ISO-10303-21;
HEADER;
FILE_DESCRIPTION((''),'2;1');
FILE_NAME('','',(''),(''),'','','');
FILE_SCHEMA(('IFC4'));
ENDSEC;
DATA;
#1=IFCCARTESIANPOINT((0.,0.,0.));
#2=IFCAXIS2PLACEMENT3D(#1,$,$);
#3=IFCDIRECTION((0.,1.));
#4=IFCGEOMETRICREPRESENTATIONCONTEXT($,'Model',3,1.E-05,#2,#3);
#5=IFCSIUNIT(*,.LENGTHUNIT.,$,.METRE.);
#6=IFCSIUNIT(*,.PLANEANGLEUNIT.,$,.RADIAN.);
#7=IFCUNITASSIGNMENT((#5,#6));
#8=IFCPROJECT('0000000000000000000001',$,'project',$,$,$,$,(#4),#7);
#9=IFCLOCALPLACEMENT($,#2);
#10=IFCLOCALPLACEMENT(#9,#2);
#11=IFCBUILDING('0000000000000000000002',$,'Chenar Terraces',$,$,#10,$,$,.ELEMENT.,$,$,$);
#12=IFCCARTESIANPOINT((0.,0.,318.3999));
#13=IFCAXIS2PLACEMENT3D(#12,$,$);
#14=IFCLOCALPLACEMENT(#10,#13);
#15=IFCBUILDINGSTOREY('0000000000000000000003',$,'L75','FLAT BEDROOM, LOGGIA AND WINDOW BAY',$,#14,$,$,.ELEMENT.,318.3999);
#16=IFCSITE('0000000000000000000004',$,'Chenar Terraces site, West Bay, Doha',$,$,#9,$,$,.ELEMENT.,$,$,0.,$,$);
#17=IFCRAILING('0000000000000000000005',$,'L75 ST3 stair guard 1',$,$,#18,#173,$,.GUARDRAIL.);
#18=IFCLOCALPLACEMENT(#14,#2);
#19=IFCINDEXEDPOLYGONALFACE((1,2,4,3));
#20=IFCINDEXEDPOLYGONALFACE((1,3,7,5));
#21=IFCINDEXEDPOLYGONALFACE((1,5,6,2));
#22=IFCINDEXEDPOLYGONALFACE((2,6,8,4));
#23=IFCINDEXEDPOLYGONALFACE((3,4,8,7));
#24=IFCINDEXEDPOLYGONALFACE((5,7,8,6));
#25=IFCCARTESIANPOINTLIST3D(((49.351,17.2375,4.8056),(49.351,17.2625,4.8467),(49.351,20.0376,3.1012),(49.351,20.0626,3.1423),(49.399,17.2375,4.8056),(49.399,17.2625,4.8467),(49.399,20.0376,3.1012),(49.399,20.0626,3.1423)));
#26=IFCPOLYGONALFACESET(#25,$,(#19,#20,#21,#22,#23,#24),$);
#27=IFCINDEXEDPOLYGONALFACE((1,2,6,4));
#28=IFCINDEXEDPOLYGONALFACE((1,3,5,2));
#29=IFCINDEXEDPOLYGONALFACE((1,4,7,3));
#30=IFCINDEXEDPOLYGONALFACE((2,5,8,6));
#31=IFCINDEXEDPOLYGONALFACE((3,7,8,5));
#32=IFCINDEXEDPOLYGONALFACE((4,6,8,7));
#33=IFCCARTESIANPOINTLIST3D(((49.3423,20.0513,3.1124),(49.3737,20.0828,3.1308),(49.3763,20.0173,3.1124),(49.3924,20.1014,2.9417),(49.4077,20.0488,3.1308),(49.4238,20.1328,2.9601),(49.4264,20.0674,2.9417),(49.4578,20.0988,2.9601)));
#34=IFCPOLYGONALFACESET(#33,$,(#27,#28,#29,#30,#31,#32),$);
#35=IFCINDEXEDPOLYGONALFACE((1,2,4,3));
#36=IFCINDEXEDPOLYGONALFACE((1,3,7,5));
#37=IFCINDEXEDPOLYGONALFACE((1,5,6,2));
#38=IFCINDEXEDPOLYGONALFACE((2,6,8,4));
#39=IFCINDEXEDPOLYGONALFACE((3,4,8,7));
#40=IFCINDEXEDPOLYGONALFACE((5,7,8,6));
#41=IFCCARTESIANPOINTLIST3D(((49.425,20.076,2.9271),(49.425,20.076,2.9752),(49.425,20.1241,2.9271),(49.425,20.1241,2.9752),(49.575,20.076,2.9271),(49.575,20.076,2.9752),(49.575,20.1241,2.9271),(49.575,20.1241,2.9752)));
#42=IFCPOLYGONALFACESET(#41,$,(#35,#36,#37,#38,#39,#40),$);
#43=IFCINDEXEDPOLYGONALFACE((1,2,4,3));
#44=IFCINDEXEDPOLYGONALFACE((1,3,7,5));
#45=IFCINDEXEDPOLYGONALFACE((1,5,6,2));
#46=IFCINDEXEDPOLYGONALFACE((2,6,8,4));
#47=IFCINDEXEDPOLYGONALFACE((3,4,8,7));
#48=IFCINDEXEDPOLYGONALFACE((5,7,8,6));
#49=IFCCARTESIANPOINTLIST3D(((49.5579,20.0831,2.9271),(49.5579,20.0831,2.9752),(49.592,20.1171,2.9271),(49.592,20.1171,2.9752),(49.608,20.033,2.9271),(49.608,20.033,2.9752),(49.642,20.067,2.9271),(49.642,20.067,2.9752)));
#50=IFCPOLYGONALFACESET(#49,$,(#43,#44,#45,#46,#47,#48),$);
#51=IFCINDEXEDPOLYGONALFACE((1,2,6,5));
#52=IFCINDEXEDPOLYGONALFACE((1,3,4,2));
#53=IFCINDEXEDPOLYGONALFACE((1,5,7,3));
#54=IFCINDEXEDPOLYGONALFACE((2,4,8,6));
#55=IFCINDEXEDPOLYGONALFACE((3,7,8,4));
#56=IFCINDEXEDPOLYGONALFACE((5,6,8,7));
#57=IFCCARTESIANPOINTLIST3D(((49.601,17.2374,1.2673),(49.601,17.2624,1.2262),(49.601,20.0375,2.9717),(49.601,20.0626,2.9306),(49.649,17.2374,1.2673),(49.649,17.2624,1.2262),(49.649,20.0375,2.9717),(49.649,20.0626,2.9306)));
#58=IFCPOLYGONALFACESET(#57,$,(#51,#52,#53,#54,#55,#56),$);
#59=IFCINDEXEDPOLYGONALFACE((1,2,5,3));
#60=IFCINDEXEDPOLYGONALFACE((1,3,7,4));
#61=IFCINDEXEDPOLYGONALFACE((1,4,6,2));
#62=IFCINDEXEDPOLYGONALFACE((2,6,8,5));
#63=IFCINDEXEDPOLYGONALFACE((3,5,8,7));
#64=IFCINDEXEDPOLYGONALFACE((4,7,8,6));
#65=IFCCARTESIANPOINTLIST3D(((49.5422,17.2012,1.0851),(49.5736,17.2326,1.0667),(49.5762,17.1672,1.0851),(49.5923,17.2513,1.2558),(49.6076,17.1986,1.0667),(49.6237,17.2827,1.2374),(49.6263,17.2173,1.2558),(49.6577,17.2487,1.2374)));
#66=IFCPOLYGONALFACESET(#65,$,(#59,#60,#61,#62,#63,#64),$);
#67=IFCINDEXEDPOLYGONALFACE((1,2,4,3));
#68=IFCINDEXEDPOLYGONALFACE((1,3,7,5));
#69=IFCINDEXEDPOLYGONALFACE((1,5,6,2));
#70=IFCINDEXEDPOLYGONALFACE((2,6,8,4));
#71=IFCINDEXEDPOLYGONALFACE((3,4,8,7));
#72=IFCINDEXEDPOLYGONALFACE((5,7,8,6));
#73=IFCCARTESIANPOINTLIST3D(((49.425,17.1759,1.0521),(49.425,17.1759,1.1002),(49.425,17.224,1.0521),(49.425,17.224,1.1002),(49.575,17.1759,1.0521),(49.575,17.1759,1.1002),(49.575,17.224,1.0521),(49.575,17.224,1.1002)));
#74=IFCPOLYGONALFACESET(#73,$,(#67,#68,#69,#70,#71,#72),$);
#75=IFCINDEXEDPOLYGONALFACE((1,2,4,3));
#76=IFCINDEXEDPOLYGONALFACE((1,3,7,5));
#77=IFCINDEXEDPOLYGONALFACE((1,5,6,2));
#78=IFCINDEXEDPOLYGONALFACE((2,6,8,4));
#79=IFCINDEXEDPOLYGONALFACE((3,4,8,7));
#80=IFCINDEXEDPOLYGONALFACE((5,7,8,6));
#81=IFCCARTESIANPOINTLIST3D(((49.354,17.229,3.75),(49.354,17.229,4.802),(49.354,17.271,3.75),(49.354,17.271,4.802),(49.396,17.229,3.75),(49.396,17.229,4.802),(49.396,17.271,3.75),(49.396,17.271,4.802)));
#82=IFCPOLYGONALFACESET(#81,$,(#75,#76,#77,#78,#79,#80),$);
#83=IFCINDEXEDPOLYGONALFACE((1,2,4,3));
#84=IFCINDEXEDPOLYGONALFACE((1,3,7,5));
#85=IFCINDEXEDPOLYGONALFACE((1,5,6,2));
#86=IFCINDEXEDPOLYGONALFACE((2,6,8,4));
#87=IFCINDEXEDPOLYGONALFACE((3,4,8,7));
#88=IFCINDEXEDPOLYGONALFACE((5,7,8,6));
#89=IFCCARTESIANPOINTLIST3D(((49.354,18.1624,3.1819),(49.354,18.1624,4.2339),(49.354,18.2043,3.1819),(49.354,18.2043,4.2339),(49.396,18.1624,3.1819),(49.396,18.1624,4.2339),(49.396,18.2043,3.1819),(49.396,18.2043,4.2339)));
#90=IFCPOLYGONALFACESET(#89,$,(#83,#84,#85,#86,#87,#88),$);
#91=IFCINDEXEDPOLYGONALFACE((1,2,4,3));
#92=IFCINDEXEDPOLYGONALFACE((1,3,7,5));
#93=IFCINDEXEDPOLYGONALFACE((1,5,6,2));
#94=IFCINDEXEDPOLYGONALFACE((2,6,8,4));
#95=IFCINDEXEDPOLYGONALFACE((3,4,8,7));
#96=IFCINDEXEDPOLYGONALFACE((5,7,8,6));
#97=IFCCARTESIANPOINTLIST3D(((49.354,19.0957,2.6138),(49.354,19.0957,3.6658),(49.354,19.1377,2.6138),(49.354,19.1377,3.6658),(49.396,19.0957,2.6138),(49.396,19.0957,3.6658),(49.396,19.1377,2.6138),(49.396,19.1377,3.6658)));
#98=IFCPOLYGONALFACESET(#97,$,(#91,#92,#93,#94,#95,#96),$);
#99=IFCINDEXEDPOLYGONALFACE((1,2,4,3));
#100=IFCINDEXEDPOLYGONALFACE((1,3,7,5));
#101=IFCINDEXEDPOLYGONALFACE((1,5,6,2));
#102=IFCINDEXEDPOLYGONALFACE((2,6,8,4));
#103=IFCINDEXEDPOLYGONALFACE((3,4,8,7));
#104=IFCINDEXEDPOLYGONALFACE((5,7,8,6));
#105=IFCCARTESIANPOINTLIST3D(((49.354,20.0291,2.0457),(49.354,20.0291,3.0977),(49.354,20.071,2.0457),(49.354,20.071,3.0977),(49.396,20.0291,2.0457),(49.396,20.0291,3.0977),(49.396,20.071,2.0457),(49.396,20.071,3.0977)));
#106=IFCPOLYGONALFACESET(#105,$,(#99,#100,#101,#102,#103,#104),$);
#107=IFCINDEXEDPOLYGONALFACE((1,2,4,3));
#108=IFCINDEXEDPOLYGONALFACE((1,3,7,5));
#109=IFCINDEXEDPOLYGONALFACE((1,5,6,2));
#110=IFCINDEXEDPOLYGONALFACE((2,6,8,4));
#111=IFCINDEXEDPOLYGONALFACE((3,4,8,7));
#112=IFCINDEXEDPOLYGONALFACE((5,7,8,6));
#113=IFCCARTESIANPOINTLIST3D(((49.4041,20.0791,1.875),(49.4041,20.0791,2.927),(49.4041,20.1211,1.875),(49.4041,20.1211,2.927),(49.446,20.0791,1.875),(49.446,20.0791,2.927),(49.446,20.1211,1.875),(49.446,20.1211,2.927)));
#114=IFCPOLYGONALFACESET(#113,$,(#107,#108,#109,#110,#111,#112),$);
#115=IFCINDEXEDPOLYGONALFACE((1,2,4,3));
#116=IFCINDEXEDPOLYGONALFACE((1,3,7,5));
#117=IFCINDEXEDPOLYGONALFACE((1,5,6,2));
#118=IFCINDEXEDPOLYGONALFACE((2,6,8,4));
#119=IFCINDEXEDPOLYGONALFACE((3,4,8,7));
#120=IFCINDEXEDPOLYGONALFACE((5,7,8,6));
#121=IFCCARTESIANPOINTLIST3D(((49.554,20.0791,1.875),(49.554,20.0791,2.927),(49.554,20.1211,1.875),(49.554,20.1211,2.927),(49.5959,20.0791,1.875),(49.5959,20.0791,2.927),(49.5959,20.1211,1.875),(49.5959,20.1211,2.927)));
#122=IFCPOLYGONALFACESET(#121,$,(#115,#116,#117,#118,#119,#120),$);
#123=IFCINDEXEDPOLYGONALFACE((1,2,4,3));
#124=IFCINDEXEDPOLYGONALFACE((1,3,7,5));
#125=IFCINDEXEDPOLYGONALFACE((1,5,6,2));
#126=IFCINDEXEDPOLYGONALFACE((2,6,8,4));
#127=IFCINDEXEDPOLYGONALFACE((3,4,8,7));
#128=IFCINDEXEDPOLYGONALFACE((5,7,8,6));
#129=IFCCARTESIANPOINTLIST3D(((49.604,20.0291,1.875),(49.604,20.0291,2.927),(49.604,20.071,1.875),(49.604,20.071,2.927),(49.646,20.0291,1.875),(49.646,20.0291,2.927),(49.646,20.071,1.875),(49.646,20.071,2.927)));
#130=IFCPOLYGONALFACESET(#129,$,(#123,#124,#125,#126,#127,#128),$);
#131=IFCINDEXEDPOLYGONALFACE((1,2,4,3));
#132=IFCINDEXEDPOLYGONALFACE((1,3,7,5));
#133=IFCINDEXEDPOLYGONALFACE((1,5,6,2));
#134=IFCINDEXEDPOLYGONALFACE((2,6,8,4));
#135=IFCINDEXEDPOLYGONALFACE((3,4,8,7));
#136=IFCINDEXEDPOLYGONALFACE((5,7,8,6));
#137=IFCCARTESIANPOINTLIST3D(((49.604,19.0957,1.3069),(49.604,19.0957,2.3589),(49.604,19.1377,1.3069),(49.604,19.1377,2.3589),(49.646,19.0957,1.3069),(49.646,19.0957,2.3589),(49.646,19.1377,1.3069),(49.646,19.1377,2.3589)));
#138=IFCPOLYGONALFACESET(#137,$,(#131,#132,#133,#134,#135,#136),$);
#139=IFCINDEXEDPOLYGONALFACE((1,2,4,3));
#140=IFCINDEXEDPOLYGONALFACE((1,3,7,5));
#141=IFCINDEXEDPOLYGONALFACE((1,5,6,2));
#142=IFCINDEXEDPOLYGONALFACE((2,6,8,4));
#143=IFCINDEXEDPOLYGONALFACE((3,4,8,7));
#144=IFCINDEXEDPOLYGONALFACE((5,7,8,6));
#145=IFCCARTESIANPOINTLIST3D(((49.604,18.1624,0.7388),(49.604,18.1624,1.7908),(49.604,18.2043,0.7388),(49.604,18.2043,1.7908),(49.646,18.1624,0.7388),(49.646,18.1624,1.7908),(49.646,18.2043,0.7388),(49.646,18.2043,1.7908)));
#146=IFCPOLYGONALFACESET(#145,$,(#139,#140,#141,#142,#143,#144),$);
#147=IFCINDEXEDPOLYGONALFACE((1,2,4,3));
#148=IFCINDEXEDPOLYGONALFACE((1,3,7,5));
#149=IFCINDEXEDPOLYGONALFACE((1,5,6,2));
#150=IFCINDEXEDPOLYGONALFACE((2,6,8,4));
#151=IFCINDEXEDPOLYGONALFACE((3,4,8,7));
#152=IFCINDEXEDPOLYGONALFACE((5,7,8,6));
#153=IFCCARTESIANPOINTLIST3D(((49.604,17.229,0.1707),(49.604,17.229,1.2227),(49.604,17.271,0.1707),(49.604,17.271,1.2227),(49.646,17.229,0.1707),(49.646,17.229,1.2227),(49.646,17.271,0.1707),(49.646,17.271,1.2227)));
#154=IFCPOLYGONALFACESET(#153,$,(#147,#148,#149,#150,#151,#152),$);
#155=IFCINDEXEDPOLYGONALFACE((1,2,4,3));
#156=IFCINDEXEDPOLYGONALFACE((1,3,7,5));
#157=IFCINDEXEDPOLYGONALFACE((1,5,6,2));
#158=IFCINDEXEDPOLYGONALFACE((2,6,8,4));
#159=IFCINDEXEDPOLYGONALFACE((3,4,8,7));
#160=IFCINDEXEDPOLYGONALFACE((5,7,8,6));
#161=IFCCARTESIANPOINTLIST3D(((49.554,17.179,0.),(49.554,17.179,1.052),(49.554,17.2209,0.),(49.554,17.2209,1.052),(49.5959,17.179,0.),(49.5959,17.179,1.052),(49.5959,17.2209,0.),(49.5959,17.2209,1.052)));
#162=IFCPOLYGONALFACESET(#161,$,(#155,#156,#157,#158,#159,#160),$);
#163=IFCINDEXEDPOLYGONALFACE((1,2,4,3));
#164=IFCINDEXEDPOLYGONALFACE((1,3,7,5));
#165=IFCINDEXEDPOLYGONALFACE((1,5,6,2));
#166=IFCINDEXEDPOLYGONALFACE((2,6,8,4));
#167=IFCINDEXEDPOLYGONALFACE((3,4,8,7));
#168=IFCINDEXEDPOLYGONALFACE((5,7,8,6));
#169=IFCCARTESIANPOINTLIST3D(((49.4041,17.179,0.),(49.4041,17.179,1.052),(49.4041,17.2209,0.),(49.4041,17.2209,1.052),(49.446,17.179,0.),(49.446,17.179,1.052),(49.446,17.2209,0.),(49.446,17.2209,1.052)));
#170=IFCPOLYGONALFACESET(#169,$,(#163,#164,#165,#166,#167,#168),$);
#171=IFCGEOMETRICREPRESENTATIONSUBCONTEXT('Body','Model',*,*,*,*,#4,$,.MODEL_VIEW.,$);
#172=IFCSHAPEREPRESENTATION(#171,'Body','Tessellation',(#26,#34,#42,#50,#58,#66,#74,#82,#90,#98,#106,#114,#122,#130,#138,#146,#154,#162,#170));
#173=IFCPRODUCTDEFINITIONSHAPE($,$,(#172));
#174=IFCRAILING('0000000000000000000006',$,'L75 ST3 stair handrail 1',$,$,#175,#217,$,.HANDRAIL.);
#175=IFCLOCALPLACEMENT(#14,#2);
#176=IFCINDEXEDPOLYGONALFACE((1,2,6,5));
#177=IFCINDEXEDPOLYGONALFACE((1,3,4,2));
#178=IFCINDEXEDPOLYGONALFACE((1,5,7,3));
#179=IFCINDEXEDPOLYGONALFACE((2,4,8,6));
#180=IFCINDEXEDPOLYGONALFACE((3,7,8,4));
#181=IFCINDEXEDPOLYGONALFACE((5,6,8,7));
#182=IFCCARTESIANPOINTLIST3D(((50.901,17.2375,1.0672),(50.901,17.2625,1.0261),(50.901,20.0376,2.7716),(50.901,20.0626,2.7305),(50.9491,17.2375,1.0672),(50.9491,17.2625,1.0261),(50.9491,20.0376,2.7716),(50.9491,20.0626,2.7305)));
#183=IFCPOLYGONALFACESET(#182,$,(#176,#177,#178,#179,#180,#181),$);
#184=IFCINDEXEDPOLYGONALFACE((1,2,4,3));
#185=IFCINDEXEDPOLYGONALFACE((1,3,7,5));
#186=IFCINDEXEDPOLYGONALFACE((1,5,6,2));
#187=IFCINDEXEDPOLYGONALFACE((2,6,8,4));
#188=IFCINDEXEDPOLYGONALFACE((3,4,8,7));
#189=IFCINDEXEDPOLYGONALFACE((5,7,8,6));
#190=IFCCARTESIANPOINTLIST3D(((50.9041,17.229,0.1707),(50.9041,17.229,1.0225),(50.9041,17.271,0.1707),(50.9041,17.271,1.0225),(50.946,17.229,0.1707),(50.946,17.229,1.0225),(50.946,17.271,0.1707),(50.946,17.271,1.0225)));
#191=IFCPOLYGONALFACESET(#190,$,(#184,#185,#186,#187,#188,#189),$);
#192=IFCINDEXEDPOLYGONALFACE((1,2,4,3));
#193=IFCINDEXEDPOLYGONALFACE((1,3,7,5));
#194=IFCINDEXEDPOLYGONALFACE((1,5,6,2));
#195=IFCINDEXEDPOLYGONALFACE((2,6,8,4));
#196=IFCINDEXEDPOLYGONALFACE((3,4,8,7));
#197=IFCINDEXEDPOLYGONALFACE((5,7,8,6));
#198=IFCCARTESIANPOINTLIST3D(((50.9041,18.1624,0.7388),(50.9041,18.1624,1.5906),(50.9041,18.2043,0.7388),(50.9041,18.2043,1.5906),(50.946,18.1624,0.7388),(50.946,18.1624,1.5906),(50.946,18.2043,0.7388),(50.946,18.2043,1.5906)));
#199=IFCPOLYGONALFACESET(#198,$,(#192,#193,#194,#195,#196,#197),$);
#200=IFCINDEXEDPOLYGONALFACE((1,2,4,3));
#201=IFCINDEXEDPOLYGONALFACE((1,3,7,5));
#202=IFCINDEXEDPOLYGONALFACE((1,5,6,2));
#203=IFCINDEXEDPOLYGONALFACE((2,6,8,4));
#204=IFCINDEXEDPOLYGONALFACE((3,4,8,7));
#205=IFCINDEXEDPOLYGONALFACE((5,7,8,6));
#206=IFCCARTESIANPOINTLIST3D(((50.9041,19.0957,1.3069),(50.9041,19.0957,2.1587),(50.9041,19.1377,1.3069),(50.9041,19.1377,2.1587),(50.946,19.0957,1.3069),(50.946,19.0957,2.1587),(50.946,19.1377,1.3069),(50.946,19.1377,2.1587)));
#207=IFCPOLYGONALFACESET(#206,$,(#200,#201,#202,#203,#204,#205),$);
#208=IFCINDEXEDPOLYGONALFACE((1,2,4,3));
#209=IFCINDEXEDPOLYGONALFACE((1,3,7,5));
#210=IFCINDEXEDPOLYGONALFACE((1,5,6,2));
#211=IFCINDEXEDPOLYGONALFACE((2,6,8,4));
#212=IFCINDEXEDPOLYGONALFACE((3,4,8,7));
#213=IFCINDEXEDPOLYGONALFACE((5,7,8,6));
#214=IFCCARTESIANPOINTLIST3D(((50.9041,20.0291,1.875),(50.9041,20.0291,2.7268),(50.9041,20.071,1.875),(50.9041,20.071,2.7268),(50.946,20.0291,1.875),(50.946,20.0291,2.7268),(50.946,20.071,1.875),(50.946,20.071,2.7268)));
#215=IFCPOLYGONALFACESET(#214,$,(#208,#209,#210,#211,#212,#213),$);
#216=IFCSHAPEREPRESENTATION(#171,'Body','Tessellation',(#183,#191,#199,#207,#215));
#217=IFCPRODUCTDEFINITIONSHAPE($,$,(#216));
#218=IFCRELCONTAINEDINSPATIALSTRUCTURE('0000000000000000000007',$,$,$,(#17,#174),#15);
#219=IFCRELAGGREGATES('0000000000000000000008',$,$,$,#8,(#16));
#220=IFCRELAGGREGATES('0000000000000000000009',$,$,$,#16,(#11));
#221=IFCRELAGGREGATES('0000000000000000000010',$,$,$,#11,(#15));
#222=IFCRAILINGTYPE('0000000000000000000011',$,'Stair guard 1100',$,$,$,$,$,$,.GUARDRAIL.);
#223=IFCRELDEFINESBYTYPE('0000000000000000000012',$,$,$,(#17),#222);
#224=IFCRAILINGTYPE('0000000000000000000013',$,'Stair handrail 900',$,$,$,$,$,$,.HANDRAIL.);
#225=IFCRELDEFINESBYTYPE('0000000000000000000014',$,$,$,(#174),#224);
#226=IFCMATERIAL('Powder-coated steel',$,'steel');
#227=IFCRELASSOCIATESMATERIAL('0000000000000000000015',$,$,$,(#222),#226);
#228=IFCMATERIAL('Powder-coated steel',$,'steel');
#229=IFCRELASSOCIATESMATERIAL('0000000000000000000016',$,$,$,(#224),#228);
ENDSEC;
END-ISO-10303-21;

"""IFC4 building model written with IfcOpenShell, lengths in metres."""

from ifc_helpers import new_model, si_unit, direction, frame, origin, origin_2d, place, context, subcontext, project, spatial, rectangle, extrude, material, type_object, element, save


model = new_model("IFC4")

# Units and contexts
model_context = context("Model", 3, precision=1e-05, world=origin(), true_north=direction((0.0, 1.0)))
body_context = subcontext(model_context, "Body", "Model", "MODEL_VIEW")
ifc_project = project(units=[si_unit("LENGTHUNIT", "METRE"), si_unit("PLANEANGLEUNIT", "RADIAN")], contexts=[model_context])

# Site, building, storey
site_placement = place(None, origin())
site = spatial("IfcSite", under=ifc_project, at=site_placement, Name="Chenar Terraces site, West Bay, Doha", CompositionType="ELEMENT", RefElevation=0.0)
building_placement = place(site_placement, origin())
building = spatial("IfcBuilding", under=site, at=building_placement, Name="Chenar Terraces", CompositionType="ELEMENT")
storey_placement = place(building_placement, frame((0.0, 0.0, 318.3999)))
storey = spatial("IfcBuildingStorey", under=building, at=storey_placement, Name="L75", Description="FLAT BEDROOM, LOGGIA AND WINDOW BAY", CompositionType="ELEMENT", Elevation=318.3999)

# Railings
ifc_material_1 = material(Name="Powder-coated steel", Category="steel")
railing_type_1 = type_object("IfcRailingType", Name="Stair guard 1100", PredefinedType="GUARDRAIL", material=ifc_material_1)
railing_1_placement = place(storey_placement, frame((49.375, 17.25, 3.75)))
element("IfcRailing", 1, at=railing_1_placement, inside=storey, type_object=railing_type_1, Name="L75 ST3 stair guard 1", PredefinedType="GUARDRAIL", context=body_context, shape_type="SweptSolid", body=[
    extrude(rectangle(XDim=0.0481, YDim=0.0481, at=origin_2d()), frame((0.0, 0.0, 1.0762), z_axis=(0.0, 0.854203, -0.51994), x_axis=(-1.0, 0.0, 0.0)), (0.0, 0.0, 1.0), 3.2781),
    extrude(rectangle(XDim=0.0481, YDim=0.0481, at=origin_2d()), frame((0.0, 2.8, -0.6284), z_axis=(0.2709, 0.2709, -0.923703), x_axis=(-0.707107, 0.707107, 0.0)), (0.0, 0.0, 1.0), 0.1848),
    extrude(rectangle(XDim=0.0481, YDim=0.0481, at=origin_2d()), frame((0.05, 2.8501, -0.7988), z_axis=(1.0, 0.0, 0.0), x_axis=(0.0, 1.0, 0.0)), (0.0, 0.0, 1.0), 0.1499),
    extrude(rectangle(XDim=0.0481, YDim=0.0481, at=origin_2d()), frame((0.2, 2.8501, -0.7988), z_axis=(0.707107, -0.707107, 0.0), x_axis=(0.707107, 0.707107, 0.0)), (0.0, 0.0, 1.0), 0.0708),
    extrude(rectangle(XDim=0.0481, YDim=0.0481, at=origin_2d()), frame((0.25, 2.8, -0.7988), z_axis=(0.0, -0.854203, -0.51994), x_axis=(1.0, 0.0, 0.0)), (0.0, 0.0, 1.0), 3.2781),
    extrude(rectangle(XDim=0.0481, YDim=0.0481, at=origin_2d()), frame((0.25, 0.0, -2.5034), z_axis=(-0.2709, -0.2709, -0.923703), x_axis=(0.707107, -0.707107, 0.0)), (0.0, 0.0, 1.0), 0.1848),
    extrude(rectangle(XDim=0.0481, YDim=0.0481, at=origin_2d()), frame((0.2, -0.05, -2.6738), z_axis=(-1.0, 0.0, 0.0), x_axis=(0.0, -1.0, 0.0)), (0.0, 0.0, 1.0), 0.1499),
    extrude(rectangle(XDim=0.042, YDim=0.042, at=origin_2d()), origin(), (0.0, 0.0, 1.0), 1.052),
    extrude(rectangle(XDim=0.042, YDim=0.042, at=origin_2d()), frame((0.0, 0.9333, -0.5681)), (0.0, 0.0, 1.0), 1.052),
    extrude(rectangle(XDim=0.042, YDim=0.042, at=origin_2d()), frame((0.0, 1.8667, -1.1362)), (0.0, 0.0, 1.0), 1.052),
    extrude(rectangle(XDim=0.042, YDim=0.042, at=origin_2d()), frame((0.0, 2.8, -1.7043)), (0.0, 0.0, 1.0), 1.052),
    extrude(rectangle(XDim=0.042, YDim=0.042, at=origin_2d()), frame((0.05, 2.8501, -1.875)), (0.0, 0.0, 1.0), 1.052),
    extrude(rectangle(XDim=0.042, YDim=0.042, at=origin_2d()), frame((0.2, 2.8501, -1.875)), (0.0, 0.0, 1.0), 1.052),
    extrude(rectangle(XDim=0.042, YDim=0.042, at=origin_2d()), frame((0.25, 2.8, -1.875)), (0.0, 0.0, 1.0), 1.052),
    extrude(rectangle(XDim=0.042, YDim=0.042, at=origin_2d()), frame((0.25, 1.8667, -2.4431)), (0.0, 0.0, 1.0), 1.052),
    extrude(rectangle(XDim=0.042, YDim=0.042, at=origin_2d()), frame((0.25, 0.9333, -3.0112)), (0.0, 0.0, 1.0), 1.052),
    extrude(rectangle(XDim=0.042, YDim=0.042, at=origin_2d()), frame((0.25, 0.0, -3.5793)), (0.0, 0.0, 1.0), 1.052),
    extrude(rectangle(XDim=0.042, YDim=0.042, at=origin_2d()), frame((0.2, -0.05, -3.75)), (0.0, 0.0, 1.0), 1.052),
    extrude(rectangle(XDim=0.042, YDim=0.042, at=origin_2d()), frame((0.05, -0.05, -3.75)), (0.0, 0.0, 1.0), 1.052),
])
ifc_material_2 = material(Name="Powder-coated steel", Category="steel")
railing_type_2 = type_object("IfcRailingType", Name="Stair handrail 900", PredefinedType="HANDRAIL", material=ifc_material_2)
railing_2_placement = place(storey_placement, frame((50.925, 17.25, 0.1707)))
element("IfcRailing", 2, at=railing_2_placement, inside=storey, type_object=railing_type_2, Name="L75 ST3 stair handrail 1", PredefinedType="HANDRAIL", context=body_context, shape_type="SweptSolid", body=[
    extrude(rectangle(XDim=0.0481, YDim=0.0481, at=origin_2d()), frame((0.0, 0.0, 0.876), z_axis=(0.0, 0.854203, 0.51994), x_axis=(-1.0, 0.0, 0.0)), (0.0, 0.0, 1.0), 3.2781),
    extrude(rectangle(XDim=0.042, YDim=0.042, at=origin_2d()), origin(), (0.0, 0.0, 1.0), 0.8518),
    extrude(rectangle(XDim=0.042, YDim=0.042, at=origin_2d()), frame((0.0, 0.9333, 0.5681)), (0.0, 0.0, 1.0), 0.8518),
    extrude(rectangle(XDim=0.042, YDim=0.042, at=origin_2d()), frame((0.0, 1.8667, 1.1362)), (0.0, 0.0, 1.0), 0.8518),
    extrude(rectangle(XDim=0.042, YDim=0.042, at=origin_2d()), frame((0.0, 2.8, 1.7043)), (0.0, 0.0, 1.0), 0.8518),
])

save(model, "model.ifc")
